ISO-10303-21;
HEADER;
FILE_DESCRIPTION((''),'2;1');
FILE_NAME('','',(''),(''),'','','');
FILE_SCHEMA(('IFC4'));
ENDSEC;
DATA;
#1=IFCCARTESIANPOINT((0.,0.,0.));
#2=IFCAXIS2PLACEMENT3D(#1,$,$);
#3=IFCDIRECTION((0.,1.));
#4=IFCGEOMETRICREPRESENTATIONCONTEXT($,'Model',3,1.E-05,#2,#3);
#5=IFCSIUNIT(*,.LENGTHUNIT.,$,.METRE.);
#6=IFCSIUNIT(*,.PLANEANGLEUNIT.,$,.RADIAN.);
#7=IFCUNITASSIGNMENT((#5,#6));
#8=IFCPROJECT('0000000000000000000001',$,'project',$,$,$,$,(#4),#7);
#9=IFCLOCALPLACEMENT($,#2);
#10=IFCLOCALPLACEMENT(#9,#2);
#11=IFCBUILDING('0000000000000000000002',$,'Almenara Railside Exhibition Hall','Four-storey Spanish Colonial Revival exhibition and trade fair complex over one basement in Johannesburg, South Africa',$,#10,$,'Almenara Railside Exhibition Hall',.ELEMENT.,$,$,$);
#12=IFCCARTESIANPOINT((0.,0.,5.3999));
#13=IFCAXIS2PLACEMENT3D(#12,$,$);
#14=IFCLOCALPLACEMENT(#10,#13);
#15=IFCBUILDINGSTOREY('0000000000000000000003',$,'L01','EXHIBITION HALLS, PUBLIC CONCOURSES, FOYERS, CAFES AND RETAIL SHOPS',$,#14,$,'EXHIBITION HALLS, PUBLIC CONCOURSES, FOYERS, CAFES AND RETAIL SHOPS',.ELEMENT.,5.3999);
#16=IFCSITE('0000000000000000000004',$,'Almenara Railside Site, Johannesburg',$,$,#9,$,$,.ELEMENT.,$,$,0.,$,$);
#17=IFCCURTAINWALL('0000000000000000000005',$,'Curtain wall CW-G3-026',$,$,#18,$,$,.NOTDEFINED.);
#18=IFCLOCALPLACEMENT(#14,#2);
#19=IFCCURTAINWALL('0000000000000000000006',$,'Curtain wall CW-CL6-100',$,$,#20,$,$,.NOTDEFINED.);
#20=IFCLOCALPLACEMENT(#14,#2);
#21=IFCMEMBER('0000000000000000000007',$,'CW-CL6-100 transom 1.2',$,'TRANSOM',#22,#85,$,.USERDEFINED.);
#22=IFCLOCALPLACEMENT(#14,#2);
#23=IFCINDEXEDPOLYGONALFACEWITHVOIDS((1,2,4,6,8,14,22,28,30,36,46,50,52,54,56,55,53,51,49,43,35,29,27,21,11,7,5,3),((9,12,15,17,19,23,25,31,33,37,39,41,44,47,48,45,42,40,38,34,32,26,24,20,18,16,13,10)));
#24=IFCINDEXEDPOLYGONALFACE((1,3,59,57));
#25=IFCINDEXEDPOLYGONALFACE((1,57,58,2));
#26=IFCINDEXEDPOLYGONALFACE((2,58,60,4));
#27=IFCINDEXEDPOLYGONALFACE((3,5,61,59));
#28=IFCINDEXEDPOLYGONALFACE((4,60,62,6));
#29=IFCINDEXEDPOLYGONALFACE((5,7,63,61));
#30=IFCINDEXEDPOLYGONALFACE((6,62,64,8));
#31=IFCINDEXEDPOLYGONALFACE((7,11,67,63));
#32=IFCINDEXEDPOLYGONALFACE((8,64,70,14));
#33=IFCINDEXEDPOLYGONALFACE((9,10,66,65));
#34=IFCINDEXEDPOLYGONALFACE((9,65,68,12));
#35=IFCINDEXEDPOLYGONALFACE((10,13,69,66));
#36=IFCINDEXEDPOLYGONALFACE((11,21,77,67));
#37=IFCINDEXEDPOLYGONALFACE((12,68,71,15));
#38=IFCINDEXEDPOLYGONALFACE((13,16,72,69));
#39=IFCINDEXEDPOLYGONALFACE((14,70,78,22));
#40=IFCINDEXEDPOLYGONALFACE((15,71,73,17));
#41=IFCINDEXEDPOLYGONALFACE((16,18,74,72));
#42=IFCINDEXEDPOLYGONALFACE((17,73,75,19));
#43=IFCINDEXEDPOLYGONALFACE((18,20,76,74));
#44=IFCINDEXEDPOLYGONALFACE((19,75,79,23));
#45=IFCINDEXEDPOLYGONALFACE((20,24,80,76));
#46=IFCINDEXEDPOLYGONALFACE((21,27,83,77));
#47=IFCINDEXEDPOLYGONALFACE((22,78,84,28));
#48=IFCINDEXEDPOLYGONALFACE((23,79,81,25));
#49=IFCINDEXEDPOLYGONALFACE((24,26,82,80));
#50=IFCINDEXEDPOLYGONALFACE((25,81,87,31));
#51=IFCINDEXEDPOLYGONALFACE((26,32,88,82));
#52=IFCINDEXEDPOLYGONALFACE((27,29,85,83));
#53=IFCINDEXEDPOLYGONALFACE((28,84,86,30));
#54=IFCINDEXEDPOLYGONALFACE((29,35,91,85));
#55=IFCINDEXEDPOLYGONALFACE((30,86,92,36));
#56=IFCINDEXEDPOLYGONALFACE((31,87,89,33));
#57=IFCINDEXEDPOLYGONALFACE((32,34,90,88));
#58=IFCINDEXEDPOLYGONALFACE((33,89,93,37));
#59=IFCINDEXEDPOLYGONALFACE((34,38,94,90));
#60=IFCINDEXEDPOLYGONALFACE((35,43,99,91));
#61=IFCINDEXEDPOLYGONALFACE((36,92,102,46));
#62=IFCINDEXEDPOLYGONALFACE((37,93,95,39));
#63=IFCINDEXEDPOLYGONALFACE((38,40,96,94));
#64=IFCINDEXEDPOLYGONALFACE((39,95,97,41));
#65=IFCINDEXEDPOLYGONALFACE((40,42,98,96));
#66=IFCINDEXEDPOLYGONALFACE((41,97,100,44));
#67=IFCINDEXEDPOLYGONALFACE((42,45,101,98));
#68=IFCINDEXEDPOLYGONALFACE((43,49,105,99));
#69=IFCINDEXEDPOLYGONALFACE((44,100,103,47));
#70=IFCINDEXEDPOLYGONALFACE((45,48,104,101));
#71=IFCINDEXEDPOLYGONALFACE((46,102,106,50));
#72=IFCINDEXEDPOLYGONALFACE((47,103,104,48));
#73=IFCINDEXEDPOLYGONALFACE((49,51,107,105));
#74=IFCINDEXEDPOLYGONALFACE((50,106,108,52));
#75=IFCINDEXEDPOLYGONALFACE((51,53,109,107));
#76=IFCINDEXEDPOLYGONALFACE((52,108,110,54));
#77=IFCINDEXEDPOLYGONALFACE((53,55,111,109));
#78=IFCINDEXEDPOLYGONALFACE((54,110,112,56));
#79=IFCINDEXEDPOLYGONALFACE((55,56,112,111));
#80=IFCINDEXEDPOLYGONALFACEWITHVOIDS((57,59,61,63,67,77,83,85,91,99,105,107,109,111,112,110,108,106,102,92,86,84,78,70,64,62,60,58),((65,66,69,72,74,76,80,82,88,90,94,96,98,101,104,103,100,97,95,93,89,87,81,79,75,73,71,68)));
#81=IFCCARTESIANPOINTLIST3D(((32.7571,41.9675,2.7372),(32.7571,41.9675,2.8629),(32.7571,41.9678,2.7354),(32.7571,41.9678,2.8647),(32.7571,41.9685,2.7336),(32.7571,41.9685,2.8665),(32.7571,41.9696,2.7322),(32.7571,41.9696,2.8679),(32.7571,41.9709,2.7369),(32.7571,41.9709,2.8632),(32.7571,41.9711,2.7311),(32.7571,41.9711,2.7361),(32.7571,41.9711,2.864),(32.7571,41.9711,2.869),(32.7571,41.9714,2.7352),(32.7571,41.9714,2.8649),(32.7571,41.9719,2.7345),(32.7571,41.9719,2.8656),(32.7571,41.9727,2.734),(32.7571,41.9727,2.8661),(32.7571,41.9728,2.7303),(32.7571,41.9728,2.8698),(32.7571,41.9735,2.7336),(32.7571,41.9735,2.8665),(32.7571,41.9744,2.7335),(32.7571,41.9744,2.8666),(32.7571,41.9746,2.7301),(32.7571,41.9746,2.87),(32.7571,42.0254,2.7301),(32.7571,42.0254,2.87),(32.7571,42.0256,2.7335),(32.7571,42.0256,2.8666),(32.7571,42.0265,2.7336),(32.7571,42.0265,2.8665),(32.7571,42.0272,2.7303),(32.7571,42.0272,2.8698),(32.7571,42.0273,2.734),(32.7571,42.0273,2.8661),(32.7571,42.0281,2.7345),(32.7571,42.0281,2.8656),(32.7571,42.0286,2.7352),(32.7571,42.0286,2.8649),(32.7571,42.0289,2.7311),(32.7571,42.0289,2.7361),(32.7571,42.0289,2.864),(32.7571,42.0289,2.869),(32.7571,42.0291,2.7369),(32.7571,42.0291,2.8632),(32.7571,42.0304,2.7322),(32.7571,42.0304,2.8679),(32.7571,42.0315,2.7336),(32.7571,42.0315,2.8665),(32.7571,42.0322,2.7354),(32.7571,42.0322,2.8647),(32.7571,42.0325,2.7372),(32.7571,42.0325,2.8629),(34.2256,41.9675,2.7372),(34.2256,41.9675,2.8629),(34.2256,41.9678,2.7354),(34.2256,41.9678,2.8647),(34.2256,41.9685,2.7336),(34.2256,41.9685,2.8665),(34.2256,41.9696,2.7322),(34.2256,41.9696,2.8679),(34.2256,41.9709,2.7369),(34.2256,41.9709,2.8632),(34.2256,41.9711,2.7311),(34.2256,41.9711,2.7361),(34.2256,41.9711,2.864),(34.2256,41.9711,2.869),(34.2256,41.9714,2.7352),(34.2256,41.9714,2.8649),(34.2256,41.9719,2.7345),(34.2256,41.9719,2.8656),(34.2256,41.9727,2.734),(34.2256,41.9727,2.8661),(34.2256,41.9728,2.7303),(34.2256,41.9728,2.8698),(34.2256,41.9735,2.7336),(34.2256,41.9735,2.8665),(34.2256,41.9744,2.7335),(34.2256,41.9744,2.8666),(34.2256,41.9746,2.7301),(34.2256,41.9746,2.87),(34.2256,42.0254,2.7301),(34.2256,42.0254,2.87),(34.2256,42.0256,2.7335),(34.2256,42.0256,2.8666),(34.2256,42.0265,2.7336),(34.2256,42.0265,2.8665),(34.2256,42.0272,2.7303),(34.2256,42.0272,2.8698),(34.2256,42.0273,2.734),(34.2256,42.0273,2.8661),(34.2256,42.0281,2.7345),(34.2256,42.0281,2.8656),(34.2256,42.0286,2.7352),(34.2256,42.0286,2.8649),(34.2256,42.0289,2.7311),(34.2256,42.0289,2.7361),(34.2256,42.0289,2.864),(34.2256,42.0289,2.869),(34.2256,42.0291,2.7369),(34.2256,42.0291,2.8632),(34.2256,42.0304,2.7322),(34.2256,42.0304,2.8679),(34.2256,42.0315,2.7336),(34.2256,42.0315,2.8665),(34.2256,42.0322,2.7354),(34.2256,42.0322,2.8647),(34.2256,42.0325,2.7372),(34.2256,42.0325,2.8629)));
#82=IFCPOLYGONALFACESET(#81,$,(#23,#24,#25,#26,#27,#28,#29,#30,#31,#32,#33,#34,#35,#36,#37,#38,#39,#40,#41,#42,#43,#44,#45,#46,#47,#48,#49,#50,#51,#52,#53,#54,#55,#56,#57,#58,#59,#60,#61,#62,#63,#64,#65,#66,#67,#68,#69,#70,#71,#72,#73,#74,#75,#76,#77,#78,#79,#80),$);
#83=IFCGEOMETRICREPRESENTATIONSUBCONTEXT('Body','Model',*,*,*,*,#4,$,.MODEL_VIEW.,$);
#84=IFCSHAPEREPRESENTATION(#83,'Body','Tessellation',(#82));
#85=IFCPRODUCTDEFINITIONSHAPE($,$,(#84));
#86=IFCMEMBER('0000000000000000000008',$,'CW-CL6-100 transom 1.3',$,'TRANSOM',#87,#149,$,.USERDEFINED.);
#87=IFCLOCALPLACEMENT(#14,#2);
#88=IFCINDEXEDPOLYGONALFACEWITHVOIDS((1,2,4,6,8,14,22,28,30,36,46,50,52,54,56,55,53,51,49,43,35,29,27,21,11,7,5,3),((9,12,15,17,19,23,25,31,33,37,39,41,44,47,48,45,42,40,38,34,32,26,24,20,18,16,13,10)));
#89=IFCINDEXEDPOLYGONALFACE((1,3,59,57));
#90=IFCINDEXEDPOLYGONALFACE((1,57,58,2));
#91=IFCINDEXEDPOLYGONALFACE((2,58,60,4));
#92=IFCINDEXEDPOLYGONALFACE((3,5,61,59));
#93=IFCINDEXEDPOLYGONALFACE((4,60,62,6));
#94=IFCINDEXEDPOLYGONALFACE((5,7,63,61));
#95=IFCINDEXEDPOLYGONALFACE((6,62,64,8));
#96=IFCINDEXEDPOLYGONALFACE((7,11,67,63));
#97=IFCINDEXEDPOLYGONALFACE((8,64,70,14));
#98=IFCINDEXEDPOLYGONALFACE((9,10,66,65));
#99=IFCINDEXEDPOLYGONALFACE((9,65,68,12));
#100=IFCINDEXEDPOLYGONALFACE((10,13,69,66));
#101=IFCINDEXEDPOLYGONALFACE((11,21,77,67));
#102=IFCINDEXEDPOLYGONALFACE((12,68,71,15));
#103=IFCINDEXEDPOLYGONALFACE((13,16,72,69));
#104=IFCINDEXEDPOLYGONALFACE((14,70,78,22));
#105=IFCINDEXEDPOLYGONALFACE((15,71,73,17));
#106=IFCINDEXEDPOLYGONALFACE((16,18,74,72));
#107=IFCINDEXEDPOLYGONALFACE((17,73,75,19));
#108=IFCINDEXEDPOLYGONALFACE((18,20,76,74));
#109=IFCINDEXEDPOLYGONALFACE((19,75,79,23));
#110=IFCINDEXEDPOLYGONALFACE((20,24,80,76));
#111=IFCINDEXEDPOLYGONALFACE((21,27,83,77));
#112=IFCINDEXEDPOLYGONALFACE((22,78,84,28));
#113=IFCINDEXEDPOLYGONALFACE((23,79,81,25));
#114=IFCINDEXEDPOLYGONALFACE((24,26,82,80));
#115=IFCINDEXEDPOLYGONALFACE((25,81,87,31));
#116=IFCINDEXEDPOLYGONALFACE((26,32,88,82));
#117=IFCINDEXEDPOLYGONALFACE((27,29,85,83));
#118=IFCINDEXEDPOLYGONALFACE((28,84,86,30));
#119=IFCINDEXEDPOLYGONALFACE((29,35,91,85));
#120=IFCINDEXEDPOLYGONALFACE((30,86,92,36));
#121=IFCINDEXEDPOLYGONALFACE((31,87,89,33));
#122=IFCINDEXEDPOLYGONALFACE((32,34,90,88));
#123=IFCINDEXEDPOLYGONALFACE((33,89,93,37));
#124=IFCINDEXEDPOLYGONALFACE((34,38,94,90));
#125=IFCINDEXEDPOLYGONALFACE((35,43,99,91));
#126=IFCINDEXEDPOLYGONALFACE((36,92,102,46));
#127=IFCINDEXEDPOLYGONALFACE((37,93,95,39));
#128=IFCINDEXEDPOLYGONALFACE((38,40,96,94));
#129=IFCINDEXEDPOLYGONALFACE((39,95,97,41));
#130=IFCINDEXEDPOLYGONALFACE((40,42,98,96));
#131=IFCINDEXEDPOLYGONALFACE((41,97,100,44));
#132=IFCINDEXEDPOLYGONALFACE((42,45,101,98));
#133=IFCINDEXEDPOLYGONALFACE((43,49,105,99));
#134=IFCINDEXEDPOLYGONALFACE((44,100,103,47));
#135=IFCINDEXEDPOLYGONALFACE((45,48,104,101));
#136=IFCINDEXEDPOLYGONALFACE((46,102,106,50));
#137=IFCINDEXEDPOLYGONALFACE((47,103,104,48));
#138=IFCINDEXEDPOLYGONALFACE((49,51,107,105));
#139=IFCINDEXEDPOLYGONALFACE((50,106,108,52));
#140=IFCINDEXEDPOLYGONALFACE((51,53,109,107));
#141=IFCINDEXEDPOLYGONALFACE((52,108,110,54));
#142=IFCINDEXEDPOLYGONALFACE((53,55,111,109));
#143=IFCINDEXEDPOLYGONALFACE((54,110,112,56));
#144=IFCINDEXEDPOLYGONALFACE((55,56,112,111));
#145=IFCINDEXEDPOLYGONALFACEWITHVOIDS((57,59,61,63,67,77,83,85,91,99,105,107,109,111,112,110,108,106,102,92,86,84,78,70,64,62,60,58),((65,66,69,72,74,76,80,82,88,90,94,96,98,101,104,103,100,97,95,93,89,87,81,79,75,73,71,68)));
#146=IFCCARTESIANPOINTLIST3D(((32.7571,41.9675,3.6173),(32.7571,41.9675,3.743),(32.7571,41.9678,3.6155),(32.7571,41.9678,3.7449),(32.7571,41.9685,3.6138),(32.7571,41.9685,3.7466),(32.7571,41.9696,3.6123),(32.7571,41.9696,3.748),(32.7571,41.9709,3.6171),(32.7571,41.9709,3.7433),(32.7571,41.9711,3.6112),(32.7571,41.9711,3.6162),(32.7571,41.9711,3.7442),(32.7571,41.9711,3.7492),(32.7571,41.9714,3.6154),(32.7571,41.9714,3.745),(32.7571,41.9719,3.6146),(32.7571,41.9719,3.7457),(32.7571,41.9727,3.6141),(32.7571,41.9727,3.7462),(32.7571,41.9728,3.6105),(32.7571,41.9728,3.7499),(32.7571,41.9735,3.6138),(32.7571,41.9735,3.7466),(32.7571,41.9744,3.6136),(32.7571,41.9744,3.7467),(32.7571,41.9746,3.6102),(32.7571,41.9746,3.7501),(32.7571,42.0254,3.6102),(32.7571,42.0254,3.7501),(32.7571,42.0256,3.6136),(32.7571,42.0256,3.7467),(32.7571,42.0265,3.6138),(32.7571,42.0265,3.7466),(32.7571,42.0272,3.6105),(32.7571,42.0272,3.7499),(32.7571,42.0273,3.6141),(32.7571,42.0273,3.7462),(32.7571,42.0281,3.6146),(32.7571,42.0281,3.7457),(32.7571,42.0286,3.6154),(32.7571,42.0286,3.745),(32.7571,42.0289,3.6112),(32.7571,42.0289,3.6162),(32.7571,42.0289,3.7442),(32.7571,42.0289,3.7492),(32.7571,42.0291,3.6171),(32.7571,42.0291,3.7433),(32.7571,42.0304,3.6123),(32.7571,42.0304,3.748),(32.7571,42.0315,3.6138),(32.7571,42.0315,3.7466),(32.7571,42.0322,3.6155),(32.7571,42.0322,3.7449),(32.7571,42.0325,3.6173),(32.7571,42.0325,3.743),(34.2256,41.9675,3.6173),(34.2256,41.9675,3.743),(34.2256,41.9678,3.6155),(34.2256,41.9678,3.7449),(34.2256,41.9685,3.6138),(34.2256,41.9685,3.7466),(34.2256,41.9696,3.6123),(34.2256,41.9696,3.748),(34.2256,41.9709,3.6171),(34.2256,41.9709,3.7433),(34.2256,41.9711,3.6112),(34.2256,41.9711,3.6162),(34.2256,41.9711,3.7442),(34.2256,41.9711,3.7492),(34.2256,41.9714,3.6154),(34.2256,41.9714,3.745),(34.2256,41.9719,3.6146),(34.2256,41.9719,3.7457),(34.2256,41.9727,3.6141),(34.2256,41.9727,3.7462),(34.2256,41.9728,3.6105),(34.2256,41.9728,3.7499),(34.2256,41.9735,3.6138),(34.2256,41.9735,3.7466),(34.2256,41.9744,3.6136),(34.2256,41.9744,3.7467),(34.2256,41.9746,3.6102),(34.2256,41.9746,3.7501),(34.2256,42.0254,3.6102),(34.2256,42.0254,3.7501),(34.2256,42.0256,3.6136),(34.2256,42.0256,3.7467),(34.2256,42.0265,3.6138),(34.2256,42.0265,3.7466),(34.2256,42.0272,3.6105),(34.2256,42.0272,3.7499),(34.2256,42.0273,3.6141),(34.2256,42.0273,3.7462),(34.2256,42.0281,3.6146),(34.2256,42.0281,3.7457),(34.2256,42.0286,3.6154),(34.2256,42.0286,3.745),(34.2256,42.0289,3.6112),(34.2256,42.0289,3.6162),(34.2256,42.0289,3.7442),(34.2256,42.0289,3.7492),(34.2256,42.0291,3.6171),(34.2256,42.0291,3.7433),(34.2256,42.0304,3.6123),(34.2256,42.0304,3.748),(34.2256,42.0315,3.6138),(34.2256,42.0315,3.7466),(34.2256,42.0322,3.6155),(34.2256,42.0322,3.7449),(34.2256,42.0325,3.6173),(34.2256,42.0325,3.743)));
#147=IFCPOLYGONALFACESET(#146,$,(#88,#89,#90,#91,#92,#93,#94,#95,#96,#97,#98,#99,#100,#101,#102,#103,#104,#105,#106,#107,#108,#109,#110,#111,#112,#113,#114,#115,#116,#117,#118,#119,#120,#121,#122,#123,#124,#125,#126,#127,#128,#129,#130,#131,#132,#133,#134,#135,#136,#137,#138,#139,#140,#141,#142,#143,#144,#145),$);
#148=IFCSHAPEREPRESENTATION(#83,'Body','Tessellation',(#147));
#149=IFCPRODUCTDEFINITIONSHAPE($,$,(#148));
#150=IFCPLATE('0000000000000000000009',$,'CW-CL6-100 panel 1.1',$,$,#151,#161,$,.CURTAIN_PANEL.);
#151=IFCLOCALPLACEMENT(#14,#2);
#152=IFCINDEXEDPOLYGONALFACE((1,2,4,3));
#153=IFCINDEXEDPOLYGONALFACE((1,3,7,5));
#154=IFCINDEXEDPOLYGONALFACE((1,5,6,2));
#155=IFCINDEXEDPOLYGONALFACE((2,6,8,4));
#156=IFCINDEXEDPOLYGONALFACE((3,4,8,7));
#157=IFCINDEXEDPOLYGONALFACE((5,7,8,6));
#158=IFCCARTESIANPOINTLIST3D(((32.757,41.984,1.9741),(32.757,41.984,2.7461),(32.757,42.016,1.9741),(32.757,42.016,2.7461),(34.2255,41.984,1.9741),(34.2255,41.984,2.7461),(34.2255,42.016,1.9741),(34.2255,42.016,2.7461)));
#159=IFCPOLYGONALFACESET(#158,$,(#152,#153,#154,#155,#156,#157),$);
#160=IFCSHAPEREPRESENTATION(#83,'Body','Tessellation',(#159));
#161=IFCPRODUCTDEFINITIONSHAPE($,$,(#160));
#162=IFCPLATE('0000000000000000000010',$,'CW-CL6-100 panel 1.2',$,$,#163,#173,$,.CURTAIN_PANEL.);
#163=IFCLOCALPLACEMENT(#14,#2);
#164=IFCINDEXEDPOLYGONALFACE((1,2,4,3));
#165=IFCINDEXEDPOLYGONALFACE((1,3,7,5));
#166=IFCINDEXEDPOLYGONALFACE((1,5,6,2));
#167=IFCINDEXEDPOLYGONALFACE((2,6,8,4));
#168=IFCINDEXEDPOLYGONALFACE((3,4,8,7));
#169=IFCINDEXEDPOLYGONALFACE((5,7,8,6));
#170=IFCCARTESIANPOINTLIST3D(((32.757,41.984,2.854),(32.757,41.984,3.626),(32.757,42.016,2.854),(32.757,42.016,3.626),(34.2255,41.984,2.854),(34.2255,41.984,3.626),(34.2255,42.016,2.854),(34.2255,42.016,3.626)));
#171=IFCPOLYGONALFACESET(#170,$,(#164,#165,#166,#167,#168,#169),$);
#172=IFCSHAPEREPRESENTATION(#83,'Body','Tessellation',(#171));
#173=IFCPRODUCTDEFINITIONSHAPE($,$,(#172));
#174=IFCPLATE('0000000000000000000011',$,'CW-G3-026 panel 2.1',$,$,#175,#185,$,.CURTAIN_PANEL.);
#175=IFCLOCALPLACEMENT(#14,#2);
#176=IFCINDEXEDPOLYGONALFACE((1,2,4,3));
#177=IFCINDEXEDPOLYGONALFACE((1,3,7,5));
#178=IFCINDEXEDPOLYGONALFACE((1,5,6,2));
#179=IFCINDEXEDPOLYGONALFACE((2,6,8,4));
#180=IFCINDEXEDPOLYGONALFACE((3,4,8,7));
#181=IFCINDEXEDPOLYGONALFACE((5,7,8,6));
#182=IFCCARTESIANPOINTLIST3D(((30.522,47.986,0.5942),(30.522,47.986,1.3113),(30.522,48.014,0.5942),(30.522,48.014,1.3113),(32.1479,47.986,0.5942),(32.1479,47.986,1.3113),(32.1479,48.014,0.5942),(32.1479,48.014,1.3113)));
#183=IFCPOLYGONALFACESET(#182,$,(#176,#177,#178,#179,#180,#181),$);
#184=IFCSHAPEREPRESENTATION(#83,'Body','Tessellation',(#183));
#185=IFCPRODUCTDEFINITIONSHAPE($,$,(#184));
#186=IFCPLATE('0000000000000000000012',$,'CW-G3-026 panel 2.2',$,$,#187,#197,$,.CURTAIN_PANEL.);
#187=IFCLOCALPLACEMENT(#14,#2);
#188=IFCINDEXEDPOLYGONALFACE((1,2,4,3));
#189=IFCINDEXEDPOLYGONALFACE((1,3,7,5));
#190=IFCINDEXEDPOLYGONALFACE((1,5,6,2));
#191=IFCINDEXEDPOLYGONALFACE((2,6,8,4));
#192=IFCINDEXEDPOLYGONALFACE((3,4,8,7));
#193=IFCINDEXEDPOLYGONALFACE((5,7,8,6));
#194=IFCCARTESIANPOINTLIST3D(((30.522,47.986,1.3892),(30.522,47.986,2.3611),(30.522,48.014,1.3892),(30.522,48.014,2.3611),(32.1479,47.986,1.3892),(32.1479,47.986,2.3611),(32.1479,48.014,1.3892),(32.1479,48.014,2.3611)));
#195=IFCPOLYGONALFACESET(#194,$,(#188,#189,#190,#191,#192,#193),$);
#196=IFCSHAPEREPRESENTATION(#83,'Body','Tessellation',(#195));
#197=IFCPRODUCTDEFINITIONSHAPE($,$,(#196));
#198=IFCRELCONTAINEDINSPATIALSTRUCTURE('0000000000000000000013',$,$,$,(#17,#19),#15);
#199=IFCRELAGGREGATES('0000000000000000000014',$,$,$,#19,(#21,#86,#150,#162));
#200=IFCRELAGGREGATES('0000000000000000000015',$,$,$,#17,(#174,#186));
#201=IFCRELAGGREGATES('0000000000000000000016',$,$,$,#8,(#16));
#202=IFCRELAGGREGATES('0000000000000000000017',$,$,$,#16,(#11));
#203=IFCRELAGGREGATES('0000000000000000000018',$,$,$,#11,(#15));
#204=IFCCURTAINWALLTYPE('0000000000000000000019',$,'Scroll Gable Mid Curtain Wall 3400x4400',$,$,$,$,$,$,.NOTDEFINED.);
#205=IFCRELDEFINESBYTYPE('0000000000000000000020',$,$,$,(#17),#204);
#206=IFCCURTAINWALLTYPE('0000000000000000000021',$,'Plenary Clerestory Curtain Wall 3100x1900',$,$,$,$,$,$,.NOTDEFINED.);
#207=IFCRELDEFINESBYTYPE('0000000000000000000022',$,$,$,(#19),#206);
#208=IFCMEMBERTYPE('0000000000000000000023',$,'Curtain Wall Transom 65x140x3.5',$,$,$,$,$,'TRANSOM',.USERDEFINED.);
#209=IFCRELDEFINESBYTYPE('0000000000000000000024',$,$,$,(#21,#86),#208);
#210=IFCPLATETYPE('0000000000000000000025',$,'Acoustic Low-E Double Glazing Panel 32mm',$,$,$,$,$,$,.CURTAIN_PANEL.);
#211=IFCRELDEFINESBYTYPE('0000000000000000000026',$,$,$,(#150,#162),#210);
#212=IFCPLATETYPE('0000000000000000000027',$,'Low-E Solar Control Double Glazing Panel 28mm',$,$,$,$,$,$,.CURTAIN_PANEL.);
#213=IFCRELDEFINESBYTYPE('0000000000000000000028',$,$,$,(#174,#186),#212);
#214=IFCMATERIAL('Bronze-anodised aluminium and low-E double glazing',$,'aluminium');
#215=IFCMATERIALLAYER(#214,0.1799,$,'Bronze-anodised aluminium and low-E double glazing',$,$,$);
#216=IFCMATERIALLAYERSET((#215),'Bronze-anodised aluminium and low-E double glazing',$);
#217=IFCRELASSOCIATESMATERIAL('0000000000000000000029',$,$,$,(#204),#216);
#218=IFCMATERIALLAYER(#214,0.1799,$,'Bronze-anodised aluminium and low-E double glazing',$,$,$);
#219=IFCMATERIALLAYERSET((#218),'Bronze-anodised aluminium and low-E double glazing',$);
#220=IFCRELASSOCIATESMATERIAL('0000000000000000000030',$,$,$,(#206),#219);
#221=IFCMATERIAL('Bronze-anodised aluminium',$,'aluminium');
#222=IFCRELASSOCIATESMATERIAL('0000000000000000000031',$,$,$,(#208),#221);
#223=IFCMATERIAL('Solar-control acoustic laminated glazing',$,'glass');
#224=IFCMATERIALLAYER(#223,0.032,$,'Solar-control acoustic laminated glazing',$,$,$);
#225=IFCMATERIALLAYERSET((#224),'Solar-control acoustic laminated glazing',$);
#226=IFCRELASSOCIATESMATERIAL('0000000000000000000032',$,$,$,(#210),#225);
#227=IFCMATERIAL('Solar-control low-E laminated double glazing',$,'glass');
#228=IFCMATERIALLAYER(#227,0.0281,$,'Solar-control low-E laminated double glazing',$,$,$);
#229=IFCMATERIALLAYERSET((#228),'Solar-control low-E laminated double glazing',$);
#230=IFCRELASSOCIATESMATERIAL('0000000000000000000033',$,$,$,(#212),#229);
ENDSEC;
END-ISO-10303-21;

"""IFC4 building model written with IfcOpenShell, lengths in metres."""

from ifc_helpers import new_model, si_unit, direction, frame, origin, origin_2d, place, context, subcontext, project, spatial, rectangle, hollow_rectangle, extrude, material, layer, layer_set, material_profile, profile_set, type_object, element, aggregate, save


model = new_model("IFC4")

# Units and contexts
model_context = context("Model", 3, precision=1e-05, world=origin(), true_north=direction((0.0, 1.0)))
body_context = subcontext(model_context, "Body", "Model", "MODEL_VIEW")
ifc_project = project(units=[si_unit("LENGTHUNIT", "METRE"), si_unit("PLANEANGLEUNIT", "RADIAN")], contexts=[model_context])

# Site, building, storey
site_placement = place(None, origin())
site = spatial("IfcSite", under=ifc_project, at=site_placement, Name="Almenara Railside Site, Johannesburg", CompositionType="ELEMENT", RefElevation=0.0)
building_placement = place(site_placement, origin())
building = spatial("IfcBuilding", under=site, at=building_placement, Name="Almenara Railside Exhibition Hall", Description="Four-storey Spanish Colonial Revival exhibition and trade fair complex over one basement in Johannesburg, South Africa", LongName="Almenara Railside Exhibition Hall", CompositionType="ELEMENT")
storey_placement = place(building_placement, frame((0.0, 0.0, 5.3999)))
storey = spatial("IfcBuildingStorey", under=building, at=storey_placement, Name="L01", Description="EXHIBITION HALLS, PUBLIC CONCOURSES, FOYERS, CAFES AND RETAIL SHOPS", LongName="EXHIBITION HALLS, PUBLIC CONCOURSES, FOYERS, CAFES AND RETAIL SHOPS", CompositionType="ELEMENT", Elevation=5.3999)

# Shared definitions
ifc_material_1 = material(Name="Bronze-anodised aluminium and low-E double glazing", Category="aluminium")
ifc_layer_1 = layer(ifc_material_1, 0.1799, Name="Bronze-anodised aluminium and low-E double glazing")
ifc_layer_set_1 = layer_set([ifc_layer_1], Name="Bronze-anodised aluminium and low-E double glazing")
curtain_wall_type_1 = type_object("IfcCurtainWallType", Name="Scroll Gable Mid Curtain Wall 3400x4400", PredefinedType="NOTDEFINED", material=ifc_layer_set_1)
ifc_material_2 = material(Name="Bronze-anodised aluminium", Category="aluminium")

# Curtain walls
curtain_wall_1_placement = place(storey_placement, origin())
curtain_wall_1 = element("IfcCurtainWall", 1, at=curtain_wall_1_placement, inside=storey, type_object=curtain_wall_type_1, Name="Curtain wall CW-G3-026", PredefinedType="NOTDEFINED")
ifc_layer_2 = layer(ifc_material_1, 0.1799, Name="Bronze-anodised aluminium and low-E double glazing")
ifc_layer_set_2 = layer_set([ifc_layer_2], Name="Bronze-anodised aluminium and low-E double glazing")
curtain_wall_type_2 = type_object("IfcCurtainWallType", Name="Plenary Clerestory Curtain Wall 3100x1900", PredefinedType="NOTDEFINED", material=ifc_layer_set_2)
curtain_wall_2_placement = place(storey_placement, origin())
curtain_wall_2 = element("IfcCurtainWall", 2, at=curtain_wall_2_placement, inside=storey, type_object=curtain_wall_type_2, Name="Curtain wall CW-CL6-100", PredefinedType="NOTDEFINED")

# Members
ifc_material_profile_1 = material_profile(ifc_material_2, hollow_rectangle(XDim=0.0649, YDim=0.1399, WallThickness=0.0034, InnerFilletRadius=0.0034, OuterFilletRadius=0.0071, at=origin_2d()), Name="ALU-TRN 65x140x3.5")
ifc_profile_set_1 = profile_set([ifc_material_profile_1], Name="Bronze-anodised aluminium")
member_type_1 = type_object("IfcMemberType", Name="Curtain Wall Transom 65x140x3.5", ElementType="TRANSOM", PredefinedType="USERDEFINED", material=ifc_profile_set_1)
member_1_placement = place(storey_placement, frame((32.7571, 42.0, 2.8), z_axis=(1.0, 0.0, 0.0), x_axis=(0.0, 1.0, 0.0)))
member_1 = element("IfcMember", 3, at=member_1_placement, type_object=member_type_1, Name="CW-CL6-100 transom 1.2", ObjectType="TRANSOM", PredefinedType="USERDEFINED", context=body_context, shape_type="SweptSolid", body=[
    extrude(hollow_rectangle(XDim=0.0649, YDim=0.1399, WallThickness=0.0034, InnerFilletRadius=0.0034, OuterFilletRadius=0.0071, at=origin_2d()), origin(), (0.0, 0.0, 1.0), 1.4685),
])
member_2_placement = place(storey_placement, frame((32.7571, 42.0, 3.6802), z_axis=(1.0, 0.0, 0.0), x_axis=(0.0, 1.0, 0.0)))
member_2 = element("IfcMember", 4, at=member_2_placement, type_object=member_type_1, Name="CW-CL6-100 transom 1.3", ObjectType="TRANSOM", PredefinedType="USERDEFINED", context=body_context, shape_type="SweptSolid", body=[
    extrude(hollow_rectangle(XDim=0.0649, YDim=0.1399, WallThickness=0.0034, InnerFilletRadius=0.0034, OuterFilletRadius=0.0071, at=origin_2d()), origin(), (0.0, 0.0, 1.0), 1.4685),
])

# Plates
ifc_material_3 = material(Name="Solar-control acoustic laminated glazing", Category="glass")
ifc_layer_3 = layer(ifc_material_3, 0.032, Name="Solar-control acoustic laminated glazing")
ifc_layer_set_3 = layer_set([ifc_layer_3], Name="Solar-control acoustic laminated glazing")
plate_type_1 = type_object("IfcPlateType", Name="Acoustic Low-E Double Glazing Panel 32mm", PredefinedType="CURTAIN_PANEL", material=ifc_layer_set_3)
plate_1_placement = place(storey_placement, frame((33.4912, 42.0, 1.9741), z_axis=(0.0, 0.0, 1.0), x_axis=(1.0, 0.0, 0.0)))
plate_1 = element("IfcPlate", 5, at=plate_1_placement, type_object=plate_type_1, Name="CW-CL6-100 panel 1.1", PredefinedType="CURTAIN_PANEL", context=body_context, shape_type="SweptSolid", body=[
    extrude(rectangle(XDim=1.4685, YDim=0.032, at=origin_2d()), origin(), (0.0, 0.0, 1.0), 0.772),
])
plate_2_placement = place(storey_placement, frame((33.4912, 42.0, 2.854), z_axis=(0.0, 0.0, 1.0), x_axis=(1.0, 0.0, 0.0)))
plate_2 = element("IfcPlate", 6, at=plate_2_placement, type_object=plate_type_1, Name="CW-CL6-100 panel 1.2", PredefinedType="CURTAIN_PANEL", context=body_context, shape_type="SweptSolid", body=[
    extrude(rectangle(XDim=1.4685, YDim=0.032, at=origin_2d()), origin(), (0.0, 0.0, 1.0), 0.772),
])
aggregate(curtain_wall_2, [member_1, member_2, plate_1, plate_2])
ifc_material_4 = material(Name="Solar-control low-E laminated double glazing", Category="glass")
ifc_layer_4 = layer(ifc_material_4, 0.0281, Name="Solar-control low-E laminated double glazing")
ifc_layer_set_4 = layer_set([ifc_layer_4], Name="Solar-control low-E laminated double glazing")
plate_type_2 = type_object("IfcPlateType", Name="Low-E Solar Control Double Glazing Panel 28mm", PredefinedType="CURTAIN_PANEL", material=ifc_layer_set_4)
plate_3_placement = place(storey_placement, frame((31.335, 48.0, 0.5942), z_axis=(0.0, 0.0, 1.0), x_axis=(1.0, 0.0, 0.0)))
plate_3 = element("IfcPlate", 7, at=plate_3_placement, type_object=plate_type_2, Name="CW-G3-026 panel 2.1", PredefinedType="CURTAIN_PANEL", context=body_context, shape_type="SweptSolid", body=[
    extrude(rectangle(XDim=1.626, YDim=0.0281, at=origin_2d()), origin(), (0.0, 0.0, 1.0), 0.717),
])
plate_4_placement = place(storey_placement, frame((31.335, 48.0, 1.3892), z_axis=(0.0, 0.0, 1.0), x_axis=(1.0, 0.0, 0.0)))
plate_4 = element("IfcPlate", 8, at=plate_4_placement, type_object=plate_type_2, Name="CW-G3-026 panel 2.2", PredefinedType="CURTAIN_PANEL", context=body_context, shape_type="SweptSolid", body=[
    extrude(rectangle(XDim=1.626, YDim=0.0281, at=origin_2d()), origin(), (0.0, 0.0, 1.0), 0.9719),
])
aggregate(curtain_wall_1, [plate_3, plate_4])

save(model, "model.ifc")
